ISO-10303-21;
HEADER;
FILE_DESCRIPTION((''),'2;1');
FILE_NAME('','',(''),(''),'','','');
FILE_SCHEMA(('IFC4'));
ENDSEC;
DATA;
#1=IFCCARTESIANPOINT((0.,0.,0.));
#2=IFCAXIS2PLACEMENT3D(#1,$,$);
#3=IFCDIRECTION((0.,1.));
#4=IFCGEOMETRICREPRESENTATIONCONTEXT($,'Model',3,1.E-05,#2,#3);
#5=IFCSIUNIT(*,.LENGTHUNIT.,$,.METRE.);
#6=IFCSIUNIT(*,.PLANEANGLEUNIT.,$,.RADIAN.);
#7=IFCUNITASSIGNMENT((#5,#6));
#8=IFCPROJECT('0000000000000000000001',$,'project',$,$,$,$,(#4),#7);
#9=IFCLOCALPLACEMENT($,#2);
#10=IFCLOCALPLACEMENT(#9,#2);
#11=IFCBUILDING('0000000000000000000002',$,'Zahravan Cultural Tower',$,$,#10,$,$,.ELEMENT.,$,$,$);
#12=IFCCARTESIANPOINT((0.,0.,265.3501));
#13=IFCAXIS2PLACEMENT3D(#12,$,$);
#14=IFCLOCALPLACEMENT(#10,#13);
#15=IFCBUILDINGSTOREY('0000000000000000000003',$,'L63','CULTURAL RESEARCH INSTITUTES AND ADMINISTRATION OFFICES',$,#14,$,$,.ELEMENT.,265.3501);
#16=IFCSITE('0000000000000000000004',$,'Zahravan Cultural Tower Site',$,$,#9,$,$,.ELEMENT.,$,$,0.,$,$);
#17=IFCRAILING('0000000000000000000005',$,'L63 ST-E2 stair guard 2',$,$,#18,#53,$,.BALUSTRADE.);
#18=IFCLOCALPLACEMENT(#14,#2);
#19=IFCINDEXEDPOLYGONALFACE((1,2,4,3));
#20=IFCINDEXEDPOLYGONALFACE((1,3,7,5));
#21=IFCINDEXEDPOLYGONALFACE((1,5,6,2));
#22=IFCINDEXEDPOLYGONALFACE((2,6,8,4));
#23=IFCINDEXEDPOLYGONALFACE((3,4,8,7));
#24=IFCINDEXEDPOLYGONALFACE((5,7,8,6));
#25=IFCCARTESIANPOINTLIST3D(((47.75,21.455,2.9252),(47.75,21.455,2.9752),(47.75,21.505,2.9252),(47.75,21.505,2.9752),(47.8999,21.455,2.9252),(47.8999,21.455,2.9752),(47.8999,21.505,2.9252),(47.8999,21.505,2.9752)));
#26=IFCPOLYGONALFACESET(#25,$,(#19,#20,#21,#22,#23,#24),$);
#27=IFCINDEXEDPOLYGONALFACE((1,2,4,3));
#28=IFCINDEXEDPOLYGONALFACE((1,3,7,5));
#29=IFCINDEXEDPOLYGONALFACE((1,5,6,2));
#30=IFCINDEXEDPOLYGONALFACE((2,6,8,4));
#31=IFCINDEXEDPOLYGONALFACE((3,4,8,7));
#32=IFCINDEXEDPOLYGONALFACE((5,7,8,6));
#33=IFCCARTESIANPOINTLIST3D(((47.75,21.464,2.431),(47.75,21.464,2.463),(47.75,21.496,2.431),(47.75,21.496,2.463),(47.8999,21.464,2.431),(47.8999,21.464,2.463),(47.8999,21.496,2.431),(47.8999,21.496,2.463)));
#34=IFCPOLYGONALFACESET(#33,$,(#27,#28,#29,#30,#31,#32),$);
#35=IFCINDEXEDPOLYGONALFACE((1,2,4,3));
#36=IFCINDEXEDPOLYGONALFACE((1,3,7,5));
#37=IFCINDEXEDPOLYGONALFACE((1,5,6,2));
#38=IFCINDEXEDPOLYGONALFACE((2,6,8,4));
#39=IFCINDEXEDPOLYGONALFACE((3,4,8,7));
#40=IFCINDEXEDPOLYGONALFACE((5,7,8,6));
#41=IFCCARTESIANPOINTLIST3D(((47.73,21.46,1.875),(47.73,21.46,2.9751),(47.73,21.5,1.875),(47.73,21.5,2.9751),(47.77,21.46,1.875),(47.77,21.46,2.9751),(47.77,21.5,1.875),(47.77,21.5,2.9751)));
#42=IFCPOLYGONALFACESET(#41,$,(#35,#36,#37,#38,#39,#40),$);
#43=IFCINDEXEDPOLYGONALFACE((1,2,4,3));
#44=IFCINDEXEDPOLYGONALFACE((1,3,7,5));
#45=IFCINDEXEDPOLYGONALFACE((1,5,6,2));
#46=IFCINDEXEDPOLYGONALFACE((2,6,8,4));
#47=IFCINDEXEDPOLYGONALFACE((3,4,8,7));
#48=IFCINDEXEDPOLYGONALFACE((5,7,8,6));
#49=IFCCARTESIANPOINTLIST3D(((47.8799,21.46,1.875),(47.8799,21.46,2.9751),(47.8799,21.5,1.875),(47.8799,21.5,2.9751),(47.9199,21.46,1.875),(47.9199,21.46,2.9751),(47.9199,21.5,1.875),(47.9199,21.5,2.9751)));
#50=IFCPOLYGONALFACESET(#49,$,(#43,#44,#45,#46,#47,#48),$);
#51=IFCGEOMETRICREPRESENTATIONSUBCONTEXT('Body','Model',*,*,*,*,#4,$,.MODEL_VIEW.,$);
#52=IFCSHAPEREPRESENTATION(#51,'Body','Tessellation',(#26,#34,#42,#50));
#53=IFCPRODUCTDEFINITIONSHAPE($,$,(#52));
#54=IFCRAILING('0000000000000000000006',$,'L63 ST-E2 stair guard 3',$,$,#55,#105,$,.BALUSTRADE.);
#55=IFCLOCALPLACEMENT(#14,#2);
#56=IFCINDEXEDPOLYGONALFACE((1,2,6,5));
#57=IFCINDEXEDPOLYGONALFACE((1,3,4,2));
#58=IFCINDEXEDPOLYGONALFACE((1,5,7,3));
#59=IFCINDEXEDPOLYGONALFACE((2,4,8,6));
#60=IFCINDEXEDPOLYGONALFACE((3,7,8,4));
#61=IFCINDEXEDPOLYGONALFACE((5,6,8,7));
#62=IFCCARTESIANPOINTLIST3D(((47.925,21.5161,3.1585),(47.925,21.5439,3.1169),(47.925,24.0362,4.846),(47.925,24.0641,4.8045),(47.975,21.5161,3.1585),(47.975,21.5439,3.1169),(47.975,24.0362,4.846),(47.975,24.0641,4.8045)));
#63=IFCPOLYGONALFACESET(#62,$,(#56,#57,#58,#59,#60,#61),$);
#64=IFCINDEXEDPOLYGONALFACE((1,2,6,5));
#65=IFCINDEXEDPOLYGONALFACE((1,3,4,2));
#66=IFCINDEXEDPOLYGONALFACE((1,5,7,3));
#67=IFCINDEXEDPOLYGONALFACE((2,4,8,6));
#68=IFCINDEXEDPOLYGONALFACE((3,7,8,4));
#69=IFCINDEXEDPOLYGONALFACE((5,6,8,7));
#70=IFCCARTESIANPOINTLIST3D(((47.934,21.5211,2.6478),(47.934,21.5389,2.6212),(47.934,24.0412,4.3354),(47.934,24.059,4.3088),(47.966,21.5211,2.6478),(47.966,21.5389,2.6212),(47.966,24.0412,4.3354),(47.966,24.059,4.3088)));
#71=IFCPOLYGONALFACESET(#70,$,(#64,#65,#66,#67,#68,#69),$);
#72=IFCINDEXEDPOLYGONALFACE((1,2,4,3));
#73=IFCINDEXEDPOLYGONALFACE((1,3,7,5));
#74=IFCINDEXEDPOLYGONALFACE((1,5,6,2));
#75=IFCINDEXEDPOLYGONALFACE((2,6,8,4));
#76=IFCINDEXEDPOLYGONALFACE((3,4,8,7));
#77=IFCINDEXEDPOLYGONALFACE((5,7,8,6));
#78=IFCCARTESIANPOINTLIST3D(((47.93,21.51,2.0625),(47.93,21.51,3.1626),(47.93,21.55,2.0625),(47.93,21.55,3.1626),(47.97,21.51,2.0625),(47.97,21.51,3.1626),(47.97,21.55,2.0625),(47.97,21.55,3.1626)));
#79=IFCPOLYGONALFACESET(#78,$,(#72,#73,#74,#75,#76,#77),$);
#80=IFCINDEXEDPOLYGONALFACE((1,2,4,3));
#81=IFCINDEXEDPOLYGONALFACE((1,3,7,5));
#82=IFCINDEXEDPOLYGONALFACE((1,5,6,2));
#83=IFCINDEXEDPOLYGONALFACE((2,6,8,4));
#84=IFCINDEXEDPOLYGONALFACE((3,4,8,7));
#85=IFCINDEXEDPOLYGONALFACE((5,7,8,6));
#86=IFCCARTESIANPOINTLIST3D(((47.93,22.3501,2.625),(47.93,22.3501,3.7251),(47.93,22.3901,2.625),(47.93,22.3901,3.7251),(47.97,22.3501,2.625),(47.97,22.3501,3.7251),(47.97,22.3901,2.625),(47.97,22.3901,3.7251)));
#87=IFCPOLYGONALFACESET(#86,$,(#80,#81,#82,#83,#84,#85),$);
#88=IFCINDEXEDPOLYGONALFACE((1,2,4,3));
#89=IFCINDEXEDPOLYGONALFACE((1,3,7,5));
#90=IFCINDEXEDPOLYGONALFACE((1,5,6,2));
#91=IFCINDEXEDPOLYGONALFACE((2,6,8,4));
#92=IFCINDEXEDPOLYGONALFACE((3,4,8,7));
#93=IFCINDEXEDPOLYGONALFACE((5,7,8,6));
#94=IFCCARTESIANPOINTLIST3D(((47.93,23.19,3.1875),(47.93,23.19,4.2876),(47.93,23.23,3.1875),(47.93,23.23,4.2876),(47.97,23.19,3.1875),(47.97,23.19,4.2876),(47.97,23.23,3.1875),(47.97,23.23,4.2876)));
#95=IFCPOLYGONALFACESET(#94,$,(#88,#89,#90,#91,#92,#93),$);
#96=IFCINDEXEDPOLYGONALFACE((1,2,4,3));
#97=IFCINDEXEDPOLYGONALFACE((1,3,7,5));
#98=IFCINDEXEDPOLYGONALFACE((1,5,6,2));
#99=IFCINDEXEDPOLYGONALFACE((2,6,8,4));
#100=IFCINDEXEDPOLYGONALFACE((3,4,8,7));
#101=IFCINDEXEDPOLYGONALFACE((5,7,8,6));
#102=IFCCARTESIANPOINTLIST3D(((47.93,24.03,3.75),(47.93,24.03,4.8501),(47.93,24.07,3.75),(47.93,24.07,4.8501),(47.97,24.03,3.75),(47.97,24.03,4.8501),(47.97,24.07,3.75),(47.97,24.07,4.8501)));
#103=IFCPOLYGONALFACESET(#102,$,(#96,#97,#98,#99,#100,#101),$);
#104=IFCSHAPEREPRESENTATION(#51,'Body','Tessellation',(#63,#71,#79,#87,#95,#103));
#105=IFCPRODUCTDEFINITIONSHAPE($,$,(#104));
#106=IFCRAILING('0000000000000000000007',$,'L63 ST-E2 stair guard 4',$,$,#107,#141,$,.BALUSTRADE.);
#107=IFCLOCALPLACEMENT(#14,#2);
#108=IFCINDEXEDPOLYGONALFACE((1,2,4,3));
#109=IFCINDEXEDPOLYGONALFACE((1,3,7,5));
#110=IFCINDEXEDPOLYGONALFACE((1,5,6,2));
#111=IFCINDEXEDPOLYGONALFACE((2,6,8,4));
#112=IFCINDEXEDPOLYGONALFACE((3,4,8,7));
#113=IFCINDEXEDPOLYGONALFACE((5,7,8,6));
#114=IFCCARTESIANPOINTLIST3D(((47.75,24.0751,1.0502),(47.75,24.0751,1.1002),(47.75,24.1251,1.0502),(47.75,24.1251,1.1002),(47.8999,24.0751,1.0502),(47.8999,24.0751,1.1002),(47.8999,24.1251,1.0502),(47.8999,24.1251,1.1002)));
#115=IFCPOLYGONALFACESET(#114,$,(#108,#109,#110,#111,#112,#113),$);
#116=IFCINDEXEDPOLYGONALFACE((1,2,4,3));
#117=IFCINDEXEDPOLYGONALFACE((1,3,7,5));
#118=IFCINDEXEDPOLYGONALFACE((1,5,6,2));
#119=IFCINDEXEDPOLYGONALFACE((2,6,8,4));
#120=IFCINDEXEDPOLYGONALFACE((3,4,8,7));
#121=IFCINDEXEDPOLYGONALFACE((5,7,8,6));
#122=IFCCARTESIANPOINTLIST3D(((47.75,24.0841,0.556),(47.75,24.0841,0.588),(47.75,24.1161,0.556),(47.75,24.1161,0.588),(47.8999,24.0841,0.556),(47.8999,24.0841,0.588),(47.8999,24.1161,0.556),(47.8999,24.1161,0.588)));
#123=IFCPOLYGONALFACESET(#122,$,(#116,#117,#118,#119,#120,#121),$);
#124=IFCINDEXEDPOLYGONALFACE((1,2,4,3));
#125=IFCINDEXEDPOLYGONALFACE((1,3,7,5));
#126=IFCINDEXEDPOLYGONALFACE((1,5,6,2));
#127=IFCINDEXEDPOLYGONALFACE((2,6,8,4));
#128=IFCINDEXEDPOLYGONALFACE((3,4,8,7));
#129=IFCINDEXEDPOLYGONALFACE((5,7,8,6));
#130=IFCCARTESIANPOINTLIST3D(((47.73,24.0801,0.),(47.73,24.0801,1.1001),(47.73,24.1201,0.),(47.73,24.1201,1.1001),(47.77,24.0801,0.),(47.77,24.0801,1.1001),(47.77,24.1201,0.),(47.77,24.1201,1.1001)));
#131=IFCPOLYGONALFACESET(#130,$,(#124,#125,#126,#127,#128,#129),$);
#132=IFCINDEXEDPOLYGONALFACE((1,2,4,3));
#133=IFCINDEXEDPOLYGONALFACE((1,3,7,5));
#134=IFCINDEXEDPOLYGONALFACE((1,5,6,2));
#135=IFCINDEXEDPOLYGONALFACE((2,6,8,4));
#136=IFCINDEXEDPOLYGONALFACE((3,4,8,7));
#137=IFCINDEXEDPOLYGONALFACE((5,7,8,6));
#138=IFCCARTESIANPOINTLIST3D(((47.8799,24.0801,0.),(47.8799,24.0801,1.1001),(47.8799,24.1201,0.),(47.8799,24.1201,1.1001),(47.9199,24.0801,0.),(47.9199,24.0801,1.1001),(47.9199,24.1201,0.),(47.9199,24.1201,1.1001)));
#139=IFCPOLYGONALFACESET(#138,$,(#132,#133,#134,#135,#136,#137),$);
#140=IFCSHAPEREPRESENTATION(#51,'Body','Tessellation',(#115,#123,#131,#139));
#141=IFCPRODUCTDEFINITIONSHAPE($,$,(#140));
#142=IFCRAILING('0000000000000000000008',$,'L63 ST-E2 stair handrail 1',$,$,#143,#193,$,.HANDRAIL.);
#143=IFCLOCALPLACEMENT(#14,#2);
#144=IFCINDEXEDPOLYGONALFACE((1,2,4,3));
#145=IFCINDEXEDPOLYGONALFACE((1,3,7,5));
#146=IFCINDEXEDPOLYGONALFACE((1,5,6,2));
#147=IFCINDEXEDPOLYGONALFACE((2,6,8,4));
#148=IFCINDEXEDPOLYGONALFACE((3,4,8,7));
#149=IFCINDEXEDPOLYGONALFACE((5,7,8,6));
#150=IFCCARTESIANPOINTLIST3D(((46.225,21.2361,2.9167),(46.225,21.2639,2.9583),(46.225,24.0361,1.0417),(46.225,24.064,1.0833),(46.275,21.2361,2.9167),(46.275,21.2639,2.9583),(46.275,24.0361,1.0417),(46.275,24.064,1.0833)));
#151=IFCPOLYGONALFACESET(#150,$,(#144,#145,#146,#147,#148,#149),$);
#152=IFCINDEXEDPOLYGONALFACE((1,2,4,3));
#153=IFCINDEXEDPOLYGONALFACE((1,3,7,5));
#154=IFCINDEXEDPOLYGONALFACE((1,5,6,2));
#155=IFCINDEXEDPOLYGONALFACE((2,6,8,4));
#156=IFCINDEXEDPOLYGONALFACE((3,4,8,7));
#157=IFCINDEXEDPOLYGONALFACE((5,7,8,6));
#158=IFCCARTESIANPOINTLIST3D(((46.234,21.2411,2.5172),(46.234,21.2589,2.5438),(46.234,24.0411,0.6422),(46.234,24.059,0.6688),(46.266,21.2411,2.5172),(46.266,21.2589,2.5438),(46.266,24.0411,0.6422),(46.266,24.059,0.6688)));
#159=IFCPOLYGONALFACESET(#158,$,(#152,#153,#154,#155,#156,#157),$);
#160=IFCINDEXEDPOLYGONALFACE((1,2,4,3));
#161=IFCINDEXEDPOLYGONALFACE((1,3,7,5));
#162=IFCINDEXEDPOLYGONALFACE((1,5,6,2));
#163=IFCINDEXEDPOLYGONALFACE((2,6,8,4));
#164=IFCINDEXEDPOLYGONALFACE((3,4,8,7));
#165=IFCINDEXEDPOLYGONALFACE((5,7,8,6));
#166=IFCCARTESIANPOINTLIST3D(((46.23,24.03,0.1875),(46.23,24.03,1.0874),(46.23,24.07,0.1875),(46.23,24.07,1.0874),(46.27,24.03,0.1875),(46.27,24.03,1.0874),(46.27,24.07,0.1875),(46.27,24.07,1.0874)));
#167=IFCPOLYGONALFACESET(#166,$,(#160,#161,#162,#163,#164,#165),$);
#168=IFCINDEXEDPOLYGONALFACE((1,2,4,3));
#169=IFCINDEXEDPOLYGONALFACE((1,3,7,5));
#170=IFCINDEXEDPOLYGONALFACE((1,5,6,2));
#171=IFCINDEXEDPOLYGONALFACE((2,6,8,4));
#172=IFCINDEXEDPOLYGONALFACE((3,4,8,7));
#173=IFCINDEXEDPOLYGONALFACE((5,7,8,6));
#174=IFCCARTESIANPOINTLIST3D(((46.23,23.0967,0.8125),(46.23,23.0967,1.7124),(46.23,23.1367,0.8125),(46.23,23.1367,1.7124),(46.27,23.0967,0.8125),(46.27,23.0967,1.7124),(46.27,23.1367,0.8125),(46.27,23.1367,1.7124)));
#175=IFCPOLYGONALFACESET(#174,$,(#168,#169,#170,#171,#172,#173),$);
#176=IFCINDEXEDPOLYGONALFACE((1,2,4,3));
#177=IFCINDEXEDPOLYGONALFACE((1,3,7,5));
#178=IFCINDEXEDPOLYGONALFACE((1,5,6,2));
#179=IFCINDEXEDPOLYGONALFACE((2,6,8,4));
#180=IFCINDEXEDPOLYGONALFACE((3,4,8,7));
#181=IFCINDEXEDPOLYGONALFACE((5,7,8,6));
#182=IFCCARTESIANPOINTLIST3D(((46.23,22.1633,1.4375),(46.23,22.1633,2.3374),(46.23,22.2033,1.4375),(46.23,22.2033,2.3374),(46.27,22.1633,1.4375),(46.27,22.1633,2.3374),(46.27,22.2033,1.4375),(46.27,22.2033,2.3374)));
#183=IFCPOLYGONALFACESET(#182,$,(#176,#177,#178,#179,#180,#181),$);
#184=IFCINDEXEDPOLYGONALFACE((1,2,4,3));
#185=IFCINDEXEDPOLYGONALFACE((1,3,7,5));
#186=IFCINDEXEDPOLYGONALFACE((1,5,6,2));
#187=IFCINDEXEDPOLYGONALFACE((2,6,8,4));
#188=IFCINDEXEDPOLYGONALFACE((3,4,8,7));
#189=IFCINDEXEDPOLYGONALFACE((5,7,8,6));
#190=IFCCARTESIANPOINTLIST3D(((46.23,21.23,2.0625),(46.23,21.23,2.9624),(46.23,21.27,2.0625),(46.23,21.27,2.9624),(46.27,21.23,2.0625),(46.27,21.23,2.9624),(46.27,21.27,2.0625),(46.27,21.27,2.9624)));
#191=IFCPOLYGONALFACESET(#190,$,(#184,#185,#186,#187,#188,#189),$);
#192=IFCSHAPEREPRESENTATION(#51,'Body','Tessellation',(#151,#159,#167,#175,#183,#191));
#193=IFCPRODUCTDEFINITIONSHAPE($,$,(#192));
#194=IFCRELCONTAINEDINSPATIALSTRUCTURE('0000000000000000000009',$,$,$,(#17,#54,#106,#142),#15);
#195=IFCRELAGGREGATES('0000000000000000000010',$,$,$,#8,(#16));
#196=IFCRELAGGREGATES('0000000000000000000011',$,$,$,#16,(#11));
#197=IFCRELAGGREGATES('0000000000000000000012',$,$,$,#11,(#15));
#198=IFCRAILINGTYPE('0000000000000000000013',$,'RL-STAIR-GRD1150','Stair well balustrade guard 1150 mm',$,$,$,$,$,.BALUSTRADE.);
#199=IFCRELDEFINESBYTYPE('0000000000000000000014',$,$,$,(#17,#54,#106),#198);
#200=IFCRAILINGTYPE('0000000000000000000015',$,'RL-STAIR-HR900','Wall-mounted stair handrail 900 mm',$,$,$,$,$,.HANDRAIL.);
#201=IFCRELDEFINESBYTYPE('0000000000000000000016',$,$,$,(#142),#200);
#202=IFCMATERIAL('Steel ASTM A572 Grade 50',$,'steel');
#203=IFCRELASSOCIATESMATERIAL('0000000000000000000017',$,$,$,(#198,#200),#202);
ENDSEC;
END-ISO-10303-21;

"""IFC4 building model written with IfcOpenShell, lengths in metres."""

from ifc_helpers import new_model, si_unit, direction, frame, origin, origin_2d, place, context, subcontext, project, spatial, rectangle, extrude, material, type_object, element, save


model = new_model("IFC4")

# Units and contexts
model_context = context("Model", 3, precision=1e-05, world=origin(), true_north=direction((0.0, 1.0)))
body_context = subcontext(model_context, "Body", "Model", "MODEL_VIEW")
ifc_project = project(units=[si_unit("LENGTHUNIT", "METRE"), si_unit("PLANEANGLEUNIT", "RADIAN")], contexts=[model_context])

# Site, building, storey
site_placement = place(None, origin())
site = spatial("IfcSite", under=ifc_project, at=site_placement, Name="Zahravan Cultural Tower Site", CompositionType="ELEMENT", RefElevation=0.0)
building_placement = place(site_placement, origin())
building = spatial("IfcBuilding", under=site, at=building_placement, Name="Zahravan Cultural Tower", CompositionType="ELEMENT")
storey_placement = place(building_placement, frame((0.0, 0.0, 265.3501)))
storey = spatial("IfcBuildingStorey", under=building, at=storey_placement, Name="L63", Description="CULTURAL RESEARCH INSTITUTES AND ADMINISTRATION OFFICES", CompositionType="ELEMENT", Elevation=265.3501)

# Shared definitions
ifc_material_1 = material(Name="Steel ASTM A572 Grade 50", Category="steel")

# Railings
railing_type_1 = type_object("IfcRailingType", Name="RL-STAIR-GRD1150", Description="Stair well balustrade guard 1150 mm", PredefinedType="BALUSTRADE", material=ifc_material_1)
railing_1_placement = place(storey_placement, frame((47.75, 21.48, 1.875)))
element("IfcRailing", 1, at=railing_1_placement, inside=storey, type_object=railing_type_1, Name="L63 ST-E2 stair guard 2", PredefinedType="BALUSTRADE", context=body_context, shape_type="SweptSolid", body=[
    extrude(rectangle(XDim=0.05, YDim=0.05, at=origin_2d()), frame((0.0, 0.0, 1.0752), z_axis=(1.0, 0.0, 0.0), x_axis=(0.0, 1.0, 0.0)), (0.0, 0.0, 1.0), 0.1499),
    extrude(rectangle(XDim=0.032, YDim=0.032, at=origin_2d()), frame((0.0, 0.0, 0.572), z_axis=(1.0, 0.0, 0.0), x_axis=(0.0, 1.0, 0.0)), (0.0, 0.0, 1.0), 0.1499),
    extrude(rectangle(XDim=0.04, YDim=0.04, at=origin_2d()), origin(), (0.0, 0.0, 1.0), 1.1001),
    extrude(rectangle(XDim=0.04, YDim=0.04, at=origin_2d()), frame((0.1499, 0.0, 0.0)), (0.0, 0.0, 1.0), 1.1001),
])
railing_2_placement = place(storey_placement, frame((47.95, 21.53, 2.0625)))
element("IfcRailing", 2, at=railing_2_placement, inside=storey, type_object=railing_type_1, Name="L63 ST-E2 stair guard 3", PredefinedType="BALUSTRADE", context=body_context, shape_type="SweptSolid", body=[
    extrude(rectangle(XDim=0.05, YDim=0.05, at=origin_2d()), frame((0.0, 0.0, 1.0752), z_axis=(0.0, 0.830909, 0.556408), x_axis=(-1.0, 0.0, 0.0)), (0.0, 0.0, 1.0), 3.033),
    extrude(rectangle(XDim=0.032, YDim=0.032, at=origin_2d()), frame((0.0, 0.0, 0.572), z_axis=(0.0, 0.830909, 0.556408), x_axis=(-1.0, 0.0, 0.0)), (0.0, 0.0, 1.0), 3.033),
    extrude(rectangle(XDim=0.04, YDim=0.04, at=origin_2d()), origin(), (0.0, 0.0, 1.0), 1.1001),
    extrude(rectangle(XDim=0.04, YDim=0.04, at=origin_2d()), frame((0.0, 0.8401, 0.5625)), (0.0, 0.0, 1.0), 1.1001),
    extrude(rectangle(XDim=0.04, YDim=0.04, at=origin_2d()), frame((0.0, 1.6799, 1.125)), (0.0, 0.0, 1.0), 1.1001),
    extrude(rectangle(XDim=0.04, YDim=0.04, at=origin_2d()), frame((0.0, 2.52, 1.6875)), (0.0, 0.0, 1.0), 1.1001),
])
railing_3_placement = place(storey_placement, frame((47.75, 24.1001, 0.0)))
element("IfcRailing", 3, at=railing_3_placement, inside=storey, type_object=railing_type_1, Name="L63 ST-E2 stair guard 4", PredefinedType="BALUSTRADE", context=body_context, shape_type="SweptSolid", body=[
    extrude(rectangle(XDim=0.05, YDim=0.05, at=origin_2d()), frame((0.0, 0.0, 1.0752), z_axis=(1.0, 0.0, 0.0), x_axis=(0.0, 1.0, 0.0)), (0.0, 0.0, 1.0), 0.1499),
    extrude(rectangle(XDim=0.032, YDim=0.032, at=origin_2d()), frame((0.0, 0.0, 0.572), z_axis=(1.0, 0.0, 0.0), x_axis=(0.0, 1.0, 0.0)), (0.0, 0.0, 1.0), 0.1499),
    extrude(rectangle(XDim=0.04, YDim=0.04, at=origin_2d()), origin(), (0.0, 0.0, 1.0), 1.1001),
    extrude(rectangle(XDim=0.04, YDim=0.04, at=origin_2d()), frame((0.1499, 0.0, 0.0)), (0.0, 0.0, 1.0), 1.1001),
])
railing_type_2 = type_object("IfcRailingType", Name="RL-STAIR-HR900", Description="Wall-mounted stair handrail 900 mm", PredefinedType="HANDRAIL", material=ifc_material_1)
railing_4_placement = place(storey_placement, frame((46.25, 24.05, 0.1875)))
element("IfcRailing", 4, at=railing_4_placement, inside=storey, type_object=railing_type_2, Name="L63 ST-E2 stair handrail 1", PredefinedType="HANDRAIL", context=body_context, shape_type="SweptSolid", body=[
    extrude(rectangle(XDim=0.05, YDim=0.05, at=origin_2d()), frame((0.0, 0.0, 0.875), z_axis=(0.0, -0.830912, 0.556404), x_axis=(1.0, 0.0, 0.0)), (0.0, 0.0, 1.0), 3.3699),
    extrude(rectangle(XDim=0.032, YDim=0.032, at=origin_2d()), frame((0.0, 0.0, 0.468), z_axis=(0.0, -0.830912, 0.556404), x_axis=(1.0, 0.0, 0.0)), (0.0, 0.0, 1.0), 3.3699),
    extrude(rectangle(XDim=0.04, YDim=0.04, at=origin_2d()), origin(), (0.0, 0.0, 1.0), 0.8999),
    extrude(rectangle(XDim=0.04, YDim=0.04, at=origin_2d()), frame((0.0, -0.9333, 0.625)), (0.0, 0.0, 1.0), 0.8999),
    extrude(rectangle(XDim=0.04, YDim=0.04, at=origin_2d()), frame((0.0, -1.8667, 1.25)), (0.0, 0.0, 1.0), 0.8999),
    extrude(rectangle(XDim=0.04, YDim=0.04, at=origin_2d()), frame((0.0, -2.8, 1.875)), (0.0, 0.0, 1.0), 0.8999),
])

save(model, "model.ifc")
